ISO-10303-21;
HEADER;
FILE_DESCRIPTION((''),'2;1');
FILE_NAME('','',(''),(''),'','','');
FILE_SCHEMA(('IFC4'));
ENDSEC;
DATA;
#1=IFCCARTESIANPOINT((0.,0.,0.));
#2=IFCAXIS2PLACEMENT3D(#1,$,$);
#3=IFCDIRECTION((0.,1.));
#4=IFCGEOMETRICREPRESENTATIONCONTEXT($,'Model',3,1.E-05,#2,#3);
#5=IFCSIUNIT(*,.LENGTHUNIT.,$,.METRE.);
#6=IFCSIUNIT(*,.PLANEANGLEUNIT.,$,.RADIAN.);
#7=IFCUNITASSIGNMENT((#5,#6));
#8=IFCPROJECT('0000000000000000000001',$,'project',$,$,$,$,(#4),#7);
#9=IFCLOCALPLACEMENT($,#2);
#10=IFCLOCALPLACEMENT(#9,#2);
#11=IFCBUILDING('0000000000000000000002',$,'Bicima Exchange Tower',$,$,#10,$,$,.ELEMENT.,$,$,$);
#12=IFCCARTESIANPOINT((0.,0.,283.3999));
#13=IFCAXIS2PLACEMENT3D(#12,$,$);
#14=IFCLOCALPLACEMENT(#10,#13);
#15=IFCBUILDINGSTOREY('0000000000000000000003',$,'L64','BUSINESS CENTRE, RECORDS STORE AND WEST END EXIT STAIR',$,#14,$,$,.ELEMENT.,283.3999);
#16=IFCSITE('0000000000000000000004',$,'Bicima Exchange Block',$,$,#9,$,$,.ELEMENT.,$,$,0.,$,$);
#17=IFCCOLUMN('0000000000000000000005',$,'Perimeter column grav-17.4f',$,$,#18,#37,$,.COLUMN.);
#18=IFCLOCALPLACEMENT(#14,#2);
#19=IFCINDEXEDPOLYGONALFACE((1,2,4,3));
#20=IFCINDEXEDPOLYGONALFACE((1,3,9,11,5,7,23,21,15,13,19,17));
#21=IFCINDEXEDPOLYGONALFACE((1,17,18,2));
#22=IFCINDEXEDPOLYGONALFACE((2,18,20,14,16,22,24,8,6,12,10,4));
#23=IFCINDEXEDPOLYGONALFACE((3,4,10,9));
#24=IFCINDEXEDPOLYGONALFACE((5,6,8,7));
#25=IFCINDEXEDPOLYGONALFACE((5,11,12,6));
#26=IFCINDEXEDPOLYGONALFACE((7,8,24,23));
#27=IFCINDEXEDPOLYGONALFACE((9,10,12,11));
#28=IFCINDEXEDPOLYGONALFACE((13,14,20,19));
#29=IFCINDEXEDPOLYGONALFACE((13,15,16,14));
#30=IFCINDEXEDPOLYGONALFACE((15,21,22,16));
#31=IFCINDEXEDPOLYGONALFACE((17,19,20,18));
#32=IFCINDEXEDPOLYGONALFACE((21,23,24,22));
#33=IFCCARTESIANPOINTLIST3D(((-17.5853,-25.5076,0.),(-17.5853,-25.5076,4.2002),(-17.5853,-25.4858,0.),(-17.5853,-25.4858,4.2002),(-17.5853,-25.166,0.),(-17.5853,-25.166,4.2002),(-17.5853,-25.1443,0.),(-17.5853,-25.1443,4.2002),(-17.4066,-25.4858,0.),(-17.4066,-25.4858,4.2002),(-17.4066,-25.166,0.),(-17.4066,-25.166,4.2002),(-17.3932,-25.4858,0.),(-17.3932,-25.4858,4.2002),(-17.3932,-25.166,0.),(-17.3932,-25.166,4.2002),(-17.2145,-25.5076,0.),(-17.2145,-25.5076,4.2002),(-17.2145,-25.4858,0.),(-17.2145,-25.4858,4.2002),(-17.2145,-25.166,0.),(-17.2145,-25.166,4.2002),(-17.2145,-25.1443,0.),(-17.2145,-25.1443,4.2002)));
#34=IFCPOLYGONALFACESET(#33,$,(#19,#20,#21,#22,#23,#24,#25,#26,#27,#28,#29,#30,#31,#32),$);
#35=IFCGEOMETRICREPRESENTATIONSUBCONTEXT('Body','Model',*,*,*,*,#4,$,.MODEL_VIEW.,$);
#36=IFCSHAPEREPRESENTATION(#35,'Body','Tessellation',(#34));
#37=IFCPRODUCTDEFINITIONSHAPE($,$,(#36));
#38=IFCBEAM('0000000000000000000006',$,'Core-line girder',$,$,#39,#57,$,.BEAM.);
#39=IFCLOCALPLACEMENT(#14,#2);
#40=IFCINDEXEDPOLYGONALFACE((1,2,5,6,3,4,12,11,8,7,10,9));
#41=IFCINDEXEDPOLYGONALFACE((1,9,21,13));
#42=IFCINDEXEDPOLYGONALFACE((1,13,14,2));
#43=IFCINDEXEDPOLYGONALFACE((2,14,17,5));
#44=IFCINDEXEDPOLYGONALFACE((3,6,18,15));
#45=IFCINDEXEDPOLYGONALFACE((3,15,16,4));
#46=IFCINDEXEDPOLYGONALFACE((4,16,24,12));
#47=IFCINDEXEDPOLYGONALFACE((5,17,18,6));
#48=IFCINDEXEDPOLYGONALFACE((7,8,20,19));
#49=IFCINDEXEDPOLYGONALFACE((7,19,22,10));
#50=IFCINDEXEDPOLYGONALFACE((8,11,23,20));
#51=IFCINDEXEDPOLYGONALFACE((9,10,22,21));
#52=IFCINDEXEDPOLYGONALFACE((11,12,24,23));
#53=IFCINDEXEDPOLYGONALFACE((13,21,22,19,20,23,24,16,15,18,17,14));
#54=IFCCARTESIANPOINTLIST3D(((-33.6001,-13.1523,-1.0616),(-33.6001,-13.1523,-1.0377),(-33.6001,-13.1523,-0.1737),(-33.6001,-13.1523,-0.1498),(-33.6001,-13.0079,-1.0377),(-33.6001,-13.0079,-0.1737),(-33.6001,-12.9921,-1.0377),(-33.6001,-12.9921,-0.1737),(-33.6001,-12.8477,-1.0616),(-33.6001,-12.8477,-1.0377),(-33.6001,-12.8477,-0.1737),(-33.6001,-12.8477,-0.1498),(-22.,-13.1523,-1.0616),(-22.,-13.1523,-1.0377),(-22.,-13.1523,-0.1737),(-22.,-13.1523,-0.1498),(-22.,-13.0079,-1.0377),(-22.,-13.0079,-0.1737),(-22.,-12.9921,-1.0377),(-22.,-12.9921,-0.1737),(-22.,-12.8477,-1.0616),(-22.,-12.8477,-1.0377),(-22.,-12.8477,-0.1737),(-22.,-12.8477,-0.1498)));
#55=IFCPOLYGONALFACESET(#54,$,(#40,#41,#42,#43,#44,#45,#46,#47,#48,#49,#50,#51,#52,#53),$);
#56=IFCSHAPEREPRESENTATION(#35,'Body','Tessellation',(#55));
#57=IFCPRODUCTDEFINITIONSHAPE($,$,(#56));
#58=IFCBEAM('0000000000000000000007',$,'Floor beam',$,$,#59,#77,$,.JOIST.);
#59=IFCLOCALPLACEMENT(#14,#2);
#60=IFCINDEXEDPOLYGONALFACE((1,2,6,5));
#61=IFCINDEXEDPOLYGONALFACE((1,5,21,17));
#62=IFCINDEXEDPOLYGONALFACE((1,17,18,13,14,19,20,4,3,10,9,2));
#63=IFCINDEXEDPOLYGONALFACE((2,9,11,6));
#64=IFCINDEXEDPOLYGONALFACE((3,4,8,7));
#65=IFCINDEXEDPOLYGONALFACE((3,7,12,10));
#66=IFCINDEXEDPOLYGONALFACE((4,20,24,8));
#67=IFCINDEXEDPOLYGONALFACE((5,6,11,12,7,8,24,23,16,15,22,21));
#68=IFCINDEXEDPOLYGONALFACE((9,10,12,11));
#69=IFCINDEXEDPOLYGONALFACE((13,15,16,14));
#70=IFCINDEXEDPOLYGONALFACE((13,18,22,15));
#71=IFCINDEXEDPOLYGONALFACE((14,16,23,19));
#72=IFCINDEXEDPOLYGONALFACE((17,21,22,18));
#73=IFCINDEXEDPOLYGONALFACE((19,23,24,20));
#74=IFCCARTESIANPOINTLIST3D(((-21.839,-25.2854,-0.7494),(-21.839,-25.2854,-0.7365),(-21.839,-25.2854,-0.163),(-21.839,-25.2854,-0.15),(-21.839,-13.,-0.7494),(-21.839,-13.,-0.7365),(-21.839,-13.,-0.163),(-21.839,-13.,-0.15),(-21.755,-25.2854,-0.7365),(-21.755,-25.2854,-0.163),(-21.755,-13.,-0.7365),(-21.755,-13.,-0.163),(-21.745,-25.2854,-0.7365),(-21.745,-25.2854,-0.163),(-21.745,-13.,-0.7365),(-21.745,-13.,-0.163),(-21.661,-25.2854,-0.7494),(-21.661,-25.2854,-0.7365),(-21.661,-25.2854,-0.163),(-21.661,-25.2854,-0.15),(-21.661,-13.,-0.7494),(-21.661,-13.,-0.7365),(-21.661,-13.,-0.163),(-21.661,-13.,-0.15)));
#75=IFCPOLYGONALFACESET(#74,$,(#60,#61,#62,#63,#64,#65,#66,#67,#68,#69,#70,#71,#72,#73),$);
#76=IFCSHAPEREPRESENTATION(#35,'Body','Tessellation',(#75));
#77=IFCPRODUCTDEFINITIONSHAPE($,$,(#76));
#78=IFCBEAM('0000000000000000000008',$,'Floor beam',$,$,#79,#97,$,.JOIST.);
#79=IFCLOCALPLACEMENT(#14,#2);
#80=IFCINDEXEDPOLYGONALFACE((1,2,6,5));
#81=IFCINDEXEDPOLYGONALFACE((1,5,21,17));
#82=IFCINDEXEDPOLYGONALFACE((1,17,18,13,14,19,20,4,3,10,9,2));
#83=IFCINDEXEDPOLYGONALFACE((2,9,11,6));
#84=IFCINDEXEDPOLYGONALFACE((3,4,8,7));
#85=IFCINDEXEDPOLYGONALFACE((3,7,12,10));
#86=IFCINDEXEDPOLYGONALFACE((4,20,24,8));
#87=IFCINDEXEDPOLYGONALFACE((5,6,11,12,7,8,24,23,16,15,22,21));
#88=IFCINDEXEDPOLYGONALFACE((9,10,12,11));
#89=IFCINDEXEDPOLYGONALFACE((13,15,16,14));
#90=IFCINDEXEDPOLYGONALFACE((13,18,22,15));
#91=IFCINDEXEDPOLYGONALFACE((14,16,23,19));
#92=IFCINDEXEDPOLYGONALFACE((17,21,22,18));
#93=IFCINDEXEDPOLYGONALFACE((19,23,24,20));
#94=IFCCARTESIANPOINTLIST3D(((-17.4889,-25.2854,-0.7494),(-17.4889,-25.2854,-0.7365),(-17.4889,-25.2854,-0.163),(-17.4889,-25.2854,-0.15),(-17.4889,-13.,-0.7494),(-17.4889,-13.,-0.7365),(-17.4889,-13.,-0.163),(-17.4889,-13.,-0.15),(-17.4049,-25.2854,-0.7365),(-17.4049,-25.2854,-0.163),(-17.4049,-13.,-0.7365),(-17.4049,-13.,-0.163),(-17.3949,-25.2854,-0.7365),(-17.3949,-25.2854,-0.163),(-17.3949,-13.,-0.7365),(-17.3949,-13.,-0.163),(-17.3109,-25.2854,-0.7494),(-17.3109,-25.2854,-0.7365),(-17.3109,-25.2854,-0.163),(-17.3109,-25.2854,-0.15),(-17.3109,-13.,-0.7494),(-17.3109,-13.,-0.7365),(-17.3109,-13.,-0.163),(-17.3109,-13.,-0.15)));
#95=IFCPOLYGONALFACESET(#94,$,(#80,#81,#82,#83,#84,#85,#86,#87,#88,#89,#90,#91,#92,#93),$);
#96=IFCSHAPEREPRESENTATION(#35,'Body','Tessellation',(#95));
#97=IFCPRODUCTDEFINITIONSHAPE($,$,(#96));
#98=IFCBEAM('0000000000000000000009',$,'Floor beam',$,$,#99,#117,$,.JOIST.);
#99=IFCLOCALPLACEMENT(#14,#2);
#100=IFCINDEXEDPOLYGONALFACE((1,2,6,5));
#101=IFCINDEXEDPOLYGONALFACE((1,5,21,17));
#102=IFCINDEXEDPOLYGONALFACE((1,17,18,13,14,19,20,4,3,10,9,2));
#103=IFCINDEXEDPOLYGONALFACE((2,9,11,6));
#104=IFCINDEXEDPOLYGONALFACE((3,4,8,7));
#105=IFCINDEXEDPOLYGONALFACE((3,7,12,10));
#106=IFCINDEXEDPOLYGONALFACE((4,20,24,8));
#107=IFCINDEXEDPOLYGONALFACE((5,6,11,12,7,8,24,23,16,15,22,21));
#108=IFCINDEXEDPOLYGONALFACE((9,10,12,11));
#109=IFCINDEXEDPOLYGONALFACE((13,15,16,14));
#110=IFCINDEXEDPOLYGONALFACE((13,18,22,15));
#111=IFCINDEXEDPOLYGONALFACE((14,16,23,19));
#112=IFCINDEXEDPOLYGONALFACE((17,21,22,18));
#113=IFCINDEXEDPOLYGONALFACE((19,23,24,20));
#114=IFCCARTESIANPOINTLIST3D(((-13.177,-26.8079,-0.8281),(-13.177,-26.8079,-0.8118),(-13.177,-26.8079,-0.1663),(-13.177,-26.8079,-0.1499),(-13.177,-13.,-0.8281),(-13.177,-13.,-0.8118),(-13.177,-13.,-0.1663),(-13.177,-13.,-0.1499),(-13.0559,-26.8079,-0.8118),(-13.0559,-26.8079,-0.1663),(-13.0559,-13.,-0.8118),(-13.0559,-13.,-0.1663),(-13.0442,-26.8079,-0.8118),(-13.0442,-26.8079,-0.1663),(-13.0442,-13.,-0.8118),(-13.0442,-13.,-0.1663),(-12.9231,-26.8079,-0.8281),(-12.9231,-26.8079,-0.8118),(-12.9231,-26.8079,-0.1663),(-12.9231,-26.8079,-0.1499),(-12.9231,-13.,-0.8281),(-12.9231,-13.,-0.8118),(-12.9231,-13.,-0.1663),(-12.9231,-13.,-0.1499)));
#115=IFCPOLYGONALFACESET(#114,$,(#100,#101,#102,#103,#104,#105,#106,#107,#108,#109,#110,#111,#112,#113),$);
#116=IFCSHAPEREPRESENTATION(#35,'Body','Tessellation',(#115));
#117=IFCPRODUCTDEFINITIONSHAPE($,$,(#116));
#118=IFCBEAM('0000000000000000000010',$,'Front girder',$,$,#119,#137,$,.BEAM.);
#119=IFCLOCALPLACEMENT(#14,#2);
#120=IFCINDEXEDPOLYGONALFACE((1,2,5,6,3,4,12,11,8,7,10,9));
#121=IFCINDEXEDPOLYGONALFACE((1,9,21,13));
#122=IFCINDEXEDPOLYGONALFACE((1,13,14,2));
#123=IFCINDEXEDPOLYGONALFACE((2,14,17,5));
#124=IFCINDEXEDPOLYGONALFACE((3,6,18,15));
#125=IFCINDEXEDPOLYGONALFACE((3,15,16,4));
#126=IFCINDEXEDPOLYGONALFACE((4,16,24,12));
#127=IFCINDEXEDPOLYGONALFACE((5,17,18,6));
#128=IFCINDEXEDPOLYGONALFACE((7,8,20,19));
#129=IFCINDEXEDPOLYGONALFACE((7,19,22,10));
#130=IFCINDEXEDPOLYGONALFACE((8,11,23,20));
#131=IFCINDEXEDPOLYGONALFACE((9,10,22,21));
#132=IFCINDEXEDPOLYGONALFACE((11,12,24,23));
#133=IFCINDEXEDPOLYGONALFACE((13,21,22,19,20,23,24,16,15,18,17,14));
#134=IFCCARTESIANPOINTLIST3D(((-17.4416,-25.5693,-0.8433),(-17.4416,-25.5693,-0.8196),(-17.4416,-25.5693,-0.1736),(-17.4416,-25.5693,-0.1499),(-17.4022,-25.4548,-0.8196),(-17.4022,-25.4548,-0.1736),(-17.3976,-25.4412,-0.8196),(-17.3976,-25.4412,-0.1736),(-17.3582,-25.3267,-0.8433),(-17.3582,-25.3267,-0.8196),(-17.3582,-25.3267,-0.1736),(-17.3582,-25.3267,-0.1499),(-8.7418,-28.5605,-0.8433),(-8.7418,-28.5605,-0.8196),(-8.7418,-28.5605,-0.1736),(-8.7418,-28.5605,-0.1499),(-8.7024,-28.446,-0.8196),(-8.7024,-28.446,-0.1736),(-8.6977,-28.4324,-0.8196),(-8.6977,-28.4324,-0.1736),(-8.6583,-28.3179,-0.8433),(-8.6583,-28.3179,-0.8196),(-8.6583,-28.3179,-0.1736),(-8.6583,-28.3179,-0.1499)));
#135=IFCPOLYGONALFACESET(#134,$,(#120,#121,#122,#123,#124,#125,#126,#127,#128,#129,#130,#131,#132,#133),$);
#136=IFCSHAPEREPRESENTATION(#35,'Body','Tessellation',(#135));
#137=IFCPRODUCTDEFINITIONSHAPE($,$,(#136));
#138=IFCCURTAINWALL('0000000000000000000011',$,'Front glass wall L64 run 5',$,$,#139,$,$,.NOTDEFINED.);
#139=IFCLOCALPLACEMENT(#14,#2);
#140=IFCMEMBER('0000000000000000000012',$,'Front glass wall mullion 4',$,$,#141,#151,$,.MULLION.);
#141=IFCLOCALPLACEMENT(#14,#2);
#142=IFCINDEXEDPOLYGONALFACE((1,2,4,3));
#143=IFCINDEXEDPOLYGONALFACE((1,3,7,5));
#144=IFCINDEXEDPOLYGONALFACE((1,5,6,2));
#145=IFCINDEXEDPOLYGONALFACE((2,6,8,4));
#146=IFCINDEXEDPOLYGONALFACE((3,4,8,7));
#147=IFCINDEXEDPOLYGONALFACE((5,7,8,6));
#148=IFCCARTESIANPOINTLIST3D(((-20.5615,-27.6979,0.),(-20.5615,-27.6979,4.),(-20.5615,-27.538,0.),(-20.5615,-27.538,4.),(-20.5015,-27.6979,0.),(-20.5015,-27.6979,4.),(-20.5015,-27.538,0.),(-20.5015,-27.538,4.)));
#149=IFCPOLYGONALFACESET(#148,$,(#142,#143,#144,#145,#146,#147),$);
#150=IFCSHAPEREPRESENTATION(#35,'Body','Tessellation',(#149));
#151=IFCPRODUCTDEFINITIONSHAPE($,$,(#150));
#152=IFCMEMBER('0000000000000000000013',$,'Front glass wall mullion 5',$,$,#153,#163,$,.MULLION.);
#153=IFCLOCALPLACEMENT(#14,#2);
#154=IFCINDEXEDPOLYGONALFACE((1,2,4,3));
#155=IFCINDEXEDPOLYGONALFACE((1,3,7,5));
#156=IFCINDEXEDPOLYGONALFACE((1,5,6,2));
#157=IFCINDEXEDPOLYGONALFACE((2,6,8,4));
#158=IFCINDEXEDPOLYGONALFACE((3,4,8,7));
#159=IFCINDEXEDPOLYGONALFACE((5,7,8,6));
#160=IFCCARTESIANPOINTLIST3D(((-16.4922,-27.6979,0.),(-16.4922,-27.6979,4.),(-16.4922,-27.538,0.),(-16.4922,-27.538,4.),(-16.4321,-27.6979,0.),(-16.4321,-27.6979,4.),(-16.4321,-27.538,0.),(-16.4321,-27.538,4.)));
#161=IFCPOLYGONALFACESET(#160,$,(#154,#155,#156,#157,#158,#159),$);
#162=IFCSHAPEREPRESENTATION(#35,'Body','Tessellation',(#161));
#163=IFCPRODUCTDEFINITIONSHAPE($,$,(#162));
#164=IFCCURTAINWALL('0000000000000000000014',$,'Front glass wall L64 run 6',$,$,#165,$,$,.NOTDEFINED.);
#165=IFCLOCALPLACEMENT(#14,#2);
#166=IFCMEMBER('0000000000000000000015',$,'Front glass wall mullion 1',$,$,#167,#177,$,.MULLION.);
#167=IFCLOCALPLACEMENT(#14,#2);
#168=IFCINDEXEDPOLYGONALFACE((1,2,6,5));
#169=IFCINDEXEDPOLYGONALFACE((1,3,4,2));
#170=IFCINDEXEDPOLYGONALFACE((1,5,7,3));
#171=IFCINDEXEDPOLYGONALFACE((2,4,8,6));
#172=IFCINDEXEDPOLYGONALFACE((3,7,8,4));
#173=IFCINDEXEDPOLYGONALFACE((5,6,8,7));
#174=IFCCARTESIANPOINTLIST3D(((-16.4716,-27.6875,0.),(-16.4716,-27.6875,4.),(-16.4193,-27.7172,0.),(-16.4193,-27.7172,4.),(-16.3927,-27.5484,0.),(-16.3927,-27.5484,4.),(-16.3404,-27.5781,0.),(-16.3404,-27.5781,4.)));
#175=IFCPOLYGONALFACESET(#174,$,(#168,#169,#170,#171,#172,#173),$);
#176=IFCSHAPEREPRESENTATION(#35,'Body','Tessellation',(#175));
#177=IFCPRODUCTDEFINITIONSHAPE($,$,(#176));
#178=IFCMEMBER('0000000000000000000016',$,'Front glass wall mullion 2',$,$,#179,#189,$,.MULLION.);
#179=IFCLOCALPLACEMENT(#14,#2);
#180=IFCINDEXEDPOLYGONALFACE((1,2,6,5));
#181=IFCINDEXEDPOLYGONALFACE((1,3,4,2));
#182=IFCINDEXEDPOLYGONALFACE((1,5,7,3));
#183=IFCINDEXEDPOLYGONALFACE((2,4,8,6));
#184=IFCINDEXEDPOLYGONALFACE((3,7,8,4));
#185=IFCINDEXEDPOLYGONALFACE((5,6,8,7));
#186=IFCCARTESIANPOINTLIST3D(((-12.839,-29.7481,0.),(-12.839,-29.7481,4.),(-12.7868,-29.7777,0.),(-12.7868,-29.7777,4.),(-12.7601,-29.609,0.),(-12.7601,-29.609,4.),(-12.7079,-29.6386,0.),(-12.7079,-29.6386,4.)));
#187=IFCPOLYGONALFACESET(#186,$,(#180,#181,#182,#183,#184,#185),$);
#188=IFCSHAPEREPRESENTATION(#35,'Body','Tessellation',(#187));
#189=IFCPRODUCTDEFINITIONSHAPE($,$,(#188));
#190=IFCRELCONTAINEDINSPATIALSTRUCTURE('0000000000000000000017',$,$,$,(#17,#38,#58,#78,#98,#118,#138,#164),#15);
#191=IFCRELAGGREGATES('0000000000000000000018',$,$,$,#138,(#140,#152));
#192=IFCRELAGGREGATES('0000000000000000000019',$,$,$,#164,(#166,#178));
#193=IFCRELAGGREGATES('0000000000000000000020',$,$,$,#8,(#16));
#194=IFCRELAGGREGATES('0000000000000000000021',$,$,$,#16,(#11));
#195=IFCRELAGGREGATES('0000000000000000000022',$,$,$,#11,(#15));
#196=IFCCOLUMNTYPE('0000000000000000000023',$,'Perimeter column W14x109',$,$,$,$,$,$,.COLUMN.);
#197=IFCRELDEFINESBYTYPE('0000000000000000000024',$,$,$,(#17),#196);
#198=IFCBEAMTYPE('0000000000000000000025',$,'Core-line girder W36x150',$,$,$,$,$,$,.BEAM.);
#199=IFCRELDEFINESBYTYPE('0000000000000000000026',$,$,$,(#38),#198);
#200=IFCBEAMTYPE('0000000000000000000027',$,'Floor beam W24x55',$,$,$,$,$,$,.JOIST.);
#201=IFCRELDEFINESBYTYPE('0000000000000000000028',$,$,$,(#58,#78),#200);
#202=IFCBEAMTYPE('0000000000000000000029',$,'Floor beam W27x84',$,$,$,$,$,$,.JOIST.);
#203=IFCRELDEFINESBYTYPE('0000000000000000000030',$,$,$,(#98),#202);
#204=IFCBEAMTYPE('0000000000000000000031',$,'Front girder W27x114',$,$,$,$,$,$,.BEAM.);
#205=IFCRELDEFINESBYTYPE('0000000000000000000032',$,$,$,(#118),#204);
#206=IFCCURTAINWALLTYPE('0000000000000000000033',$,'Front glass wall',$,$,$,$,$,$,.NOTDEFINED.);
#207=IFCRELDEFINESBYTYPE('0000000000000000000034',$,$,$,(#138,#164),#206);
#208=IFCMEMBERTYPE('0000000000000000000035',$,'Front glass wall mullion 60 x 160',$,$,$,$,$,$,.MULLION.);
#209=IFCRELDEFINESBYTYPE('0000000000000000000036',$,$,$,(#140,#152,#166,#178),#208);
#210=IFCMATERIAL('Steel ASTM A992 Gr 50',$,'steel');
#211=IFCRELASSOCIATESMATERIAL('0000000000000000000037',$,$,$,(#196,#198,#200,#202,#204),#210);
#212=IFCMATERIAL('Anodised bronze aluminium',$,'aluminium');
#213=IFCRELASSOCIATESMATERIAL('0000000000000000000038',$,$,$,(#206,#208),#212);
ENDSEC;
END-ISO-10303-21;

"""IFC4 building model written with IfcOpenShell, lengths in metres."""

from ifc_helpers import new_model, si_unit, direction, frame, origin, origin_2d, place, context, subcontext, project, spatial, rectangle, i_section, extrude, material, material_profile, profile_set, type_object, element, aggregate, save


model = new_model("IFC4")

# Units and contexts
model_context = context("Model", 3, precision=1e-05, world=origin(), true_north=direction((0.0, 1.0)))
body_context = subcontext(model_context, "Body", "Model", "MODEL_VIEW")
ifc_project = project(units=[si_unit("LENGTHUNIT", "METRE"), si_unit("PLANEANGLEUNIT", "RADIAN")], contexts=[model_context])

# Site, building, storey
site_placement = place(None, origin())
site = spatial("IfcSite", under=ifc_project, at=site_placement, Name="Bicima Exchange Block", CompositionType="ELEMENT", RefElevation=0.0)
building_placement = place(site_placement, origin())
building = spatial("IfcBuilding", under=site, at=building_placement, Name="Bicima Exchange Tower", CompositionType="ELEMENT")
storey_placement = place(building_placement, frame((0.0, 0.0, 283.3999)))
storey = spatial("IfcBuildingStorey", under=building, at=storey_placement, Name="L64", Description="BUSINESS CENTRE, RECORDS STORE AND WEST END EXIT STAIR", CompositionType="ELEMENT", Elevation=283.3999)

# Column
ifc_material_1 = material(Name="Steel ASTM A992 Gr 50", Category="steel")
ifc_material_profile_1 = material_profile(ifc_material_1, i_section(OverallWidth=0.3708, OverallDepth=0.3633, WebThickness=0.0134, FlangeThickness=0.0217, at=origin_2d()))
ifc_profile_set_1 = profile_set([ifc_material_profile_1], Name="Steel ASTM A992 Gr 50")
column_type = type_object("IfcColumnType", Name="Perimeter column W14x109", PredefinedType="COLUMN", material=ifc_profile_set_1)
column_placement = place(storey_placement, frame((-17.3999, -25.3259, 0.0), z_axis=(0.0, 0.0, 1.0), x_axis=(1.0, 0.0, 0.0)))
element("IfcColumn", 1, at=column_placement, inside=storey, type_object=column_type, Name="Perimeter column grav-17.4f", PredefinedType="COLUMN", context=body_context, shape_type="SweptSolid", body=[
    extrude(i_section(OverallWidth=0.3708, OverallDepth=0.3633, WebThickness=0.0134, FlangeThickness=0.0217, at=origin_2d()), origin(), (0.0, 0.0, 1.0), 4.2002),
])

# Beams
ifc_material_profile_2 = material_profile(ifc_material_1, i_section(OverallWidth=0.3047, OverallDepth=0.9119, WebThickness=0.0159, FlangeThickness=0.0239, at=origin_2d()))
ifc_profile_set_2 = profile_set([ifc_material_profile_2], Name="Steel ASTM A992 Gr 50")
beam_type_1 = type_object("IfcBeamType", Name="Core-line girder W36x150", PredefinedType="BEAM", material=ifc_profile_set_2)
beam_1_placement = place(storey_placement, frame((-22.0, -13.0, -0.6057), z_axis=(-1.0, 0.0, 0.0), x_axis=(0.0, -1.0, 0.0)))
element("IfcBeam", 2, at=beam_1_placement, inside=storey, type_object=beam_type_1, Name="Core-line girder", PredefinedType="BEAM", context=body_context, shape_type="SweptSolid", body=[
    extrude(i_section(OverallWidth=0.3047, OverallDepth=0.9119, WebThickness=0.0159, FlangeThickness=0.0239, at=origin_2d()), origin(), (0.0, 0.0, 1.0), 11.6001),
])
ifc_material_profile_3 = material_profile(ifc_material_1, i_section(OverallWidth=0.178, OverallDepth=0.5994, WebThickness=0.01, FlangeThickness=0.0129, at=origin_2d()))
ifc_profile_set_3 = profile_set([ifc_material_profile_3], Name="Steel ASTM A992 Gr 50")
beam_type_2 = type_object("IfcBeamType", Name="Floor beam W24x55", PredefinedType="JOIST", material=ifc_profile_set_3)
for number, where, z_axis, x_axis, name in (
    (3, (-21.75, -13.0, -0.4497), (0.0, -1.0, 0.0), (1.0, 0.0, 0.0), "Floor beam"),
    (4, (-17.3999, -13.0, -0.4497), (0.0, -1.0, 0.0), (1.0, 0.0, 0.0), "Floor beam"),
):
    element("IfcBeam", number, at=place(storey_placement, frame(where, z_axis=z_axis, x_axis=x_axis)), inside=storey, type_object=beam_type_2, Name=name, PredefinedType="JOIST", context=body_context, shape_type="SweptSolid", body=[
        extrude(i_section(OverallWidth=0.178, OverallDepth=0.5994, WebThickness=0.01, FlangeThickness=0.0129, at=origin_2d()), origin(), (0.0, 0.0, 1.0), 12.2854),
    ])
ifc_material_profile_4 = material_profile(ifc_material_1, i_section(OverallWidth=0.2539, OverallDepth=0.6782, WebThickness=0.0117, FlangeThickness=0.0164, at=origin_2d()))
ifc_profile_set_4 = profile_set([ifc_material_profile_4], Name="Steel ASTM A992 Gr 50")
beam_type_3 = type_object("IfcBeamType", Name="Floor beam W27x84", PredefinedType="JOIST", material=ifc_profile_set_4)
beam_2_placement = place(storey_placement, frame((-13.05, -13.0, -0.489), z_axis=(0.0, -1.0, 0.0), x_axis=(1.0, 0.0, 0.0)))
element("IfcBeam", 5, at=beam_2_placement, inside=storey, type_object=beam_type_3, Name="Floor beam", PredefinedType="JOIST", context=body_context, shape_type="SweptSolid", body=[
    extrude(i_section(OverallWidth=0.2539, OverallDepth=0.6782, WebThickness=0.0117, FlangeThickness=0.0164, at=origin_2d()), origin(), (0.0, 0.0, 1.0), 13.8079),
])
ifc_material_profile_5 = material_profile(ifc_material_1, i_section(OverallWidth=0.2566, OverallDepth=0.6934, WebThickness=0.0144, FlangeThickness=0.0237, at=origin_2d()))
ifc_profile_set_5 = profile_set([ifc_material_profile_5], Name="Steel ASTM A992 Gr 50")
beam_type_4 = type_object("IfcBeamType", Name="Front girder W27x114", PredefinedType="BEAM", material=ifc_profile_set_5)
beam_3_placement = place(storey_placement, frame((-17.3999, -25.448, -0.4966), z_axis=(0.945666, -0.325138, 0.0), x_axis=(0.325138, 0.945666, 0.0)))
element("IfcBeam", 6, at=beam_3_placement, inside=storey, type_object=beam_type_4, Name="Front girder", PredefinedType="BEAM", context=body_context, shape_type="SweptSolid", body=[
    extrude(i_section(OverallWidth=0.2566, OverallDepth=0.6934, WebThickness=0.0144, FlangeThickness=0.0237, at=origin_2d()), origin(), (0.0, 0.0, 1.0), 9.1997),
])

# Curtain walls, members
ifc_material_2 = material(Name="Anodised bronze aluminium", Category="aluminium")
curtain_wall_type = type_object("IfcCurtainWallType", Name="Front glass wall", PredefinedType="NOTDEFINED", material=ifc_material_2)
curtain_wall_1_placement = place(storey_placement, origin())
curtain_wall_1 = element("IfcCurtainWall", 7, at=curtain_wall_1_placement, inside=storey, type_object=curtain_wall_type, Name="Front glass wall L64 run 5", PredefinedType="NOTDEFINED")
ifc_material_profile_6 = material_profile(ifc_material_2, rectangle(XDim=0.1599, YDim=0.0601, at=origin_2d()))
ifc_profile_set_6 = profile_set([ifc_material_profile_6], Name="Anodised bronze aluminium")
member_type_1 = type_object("IfcMemberType", Name="Front glass wall mullion 60 x 160", PredefinedType="MULLION", material=ifc_profile_set_6)
member_1_placement = place(storey_placement, frame((-20.5315, -27.6179, 0.0), z_axis=(0.0, 0.0, 1.0), x_axis=(0.0, 1.0, 0.0)))
member_1 = element("IfcMember", 8, at=member_1_placement, type_object=member_type_1, Name="Front glass wall mullion 4", PredefinedType="MULLION", context=body_context, shape_type="SweptSolid", body=[
    extrude(rectangle(XDim=0.1599, YDim=0.0601, at=origin_2d()), origin(), (0.0, 0.0, 1.0), 4.0),
])
member_2_placement = place(storey_placement, frame((-16.4622, -27.6179, 0.0), z_axis=(0.0, 0.0, 1.0), x_axis=(0.0, 1.0, 0.0)))
member_2 = element("IfcMember", 9, at=member_2_placement, type_object=member_type_1, Name="Front glass wall mullion 5", PredefinedType="MULLION", context=body_context, shape_type="SweptSolid", body=[
    extrude(rectangle(XDim=0.1599, YDim=0.0601, at=origin_2d()), origin(), (0.0, 0.0, 1.0), 4.0),
])
curtain_wall_2_placement = place(storey_placement, origin())
curtain_wall_2 = element("IfcCurtainWall", 10, at=curtain_wall_2_placement, inside=storey, type_object=curtain_wall_type, Name="Front glass wall L64 run 6", PredefinedType="NOTDEFINED")
member_3_placement = place(storey_placement, frame((-16.406, -27.6328, 0.0), z_axis=(0.0, 0.0, 1.0), x_axis=(0.493395, 0.869805, 0.0)))
member_3 = element("IfcMember", 11, at=member_3_placement, type_object=member_type_1, Name="Front glass wall mullion 1", PredefinedType="MULLION", context=body_context, shape_type="SweptSolid", body=[
    extrude(rectangle(XDim=0.1599, YDim=0.0601, at=origin_2d()), origin(), (0.0, 0.0, 1.0), 4.0),
])
member_4_placement = place(storey_placement, frame((-12.7734, -29.6934, 0.0), z_axis=(0.0, 0.0, 1.0), x_axis=(0.493395, 0.869805, 0.0)))
member_4 = element("IfcMember", 12, at=member_4_placement, type_object=member_type_1, Name="Front glass wall mullion 2", PredefinedType="MULLION", context=body_context, shape_type="SweptSolid", body=[
    extrude(rectangle(XDim=0.1599, YDim=0.0601, at=origin_2d()), origin(), (0.0, 0.0, 1.0), 4.0),
])

aggregate(curtain_wall_1, [member_1, member_2])
aggregate(curtain_wall_2, [member_3, member_4])

save(model, "model.ifc")
